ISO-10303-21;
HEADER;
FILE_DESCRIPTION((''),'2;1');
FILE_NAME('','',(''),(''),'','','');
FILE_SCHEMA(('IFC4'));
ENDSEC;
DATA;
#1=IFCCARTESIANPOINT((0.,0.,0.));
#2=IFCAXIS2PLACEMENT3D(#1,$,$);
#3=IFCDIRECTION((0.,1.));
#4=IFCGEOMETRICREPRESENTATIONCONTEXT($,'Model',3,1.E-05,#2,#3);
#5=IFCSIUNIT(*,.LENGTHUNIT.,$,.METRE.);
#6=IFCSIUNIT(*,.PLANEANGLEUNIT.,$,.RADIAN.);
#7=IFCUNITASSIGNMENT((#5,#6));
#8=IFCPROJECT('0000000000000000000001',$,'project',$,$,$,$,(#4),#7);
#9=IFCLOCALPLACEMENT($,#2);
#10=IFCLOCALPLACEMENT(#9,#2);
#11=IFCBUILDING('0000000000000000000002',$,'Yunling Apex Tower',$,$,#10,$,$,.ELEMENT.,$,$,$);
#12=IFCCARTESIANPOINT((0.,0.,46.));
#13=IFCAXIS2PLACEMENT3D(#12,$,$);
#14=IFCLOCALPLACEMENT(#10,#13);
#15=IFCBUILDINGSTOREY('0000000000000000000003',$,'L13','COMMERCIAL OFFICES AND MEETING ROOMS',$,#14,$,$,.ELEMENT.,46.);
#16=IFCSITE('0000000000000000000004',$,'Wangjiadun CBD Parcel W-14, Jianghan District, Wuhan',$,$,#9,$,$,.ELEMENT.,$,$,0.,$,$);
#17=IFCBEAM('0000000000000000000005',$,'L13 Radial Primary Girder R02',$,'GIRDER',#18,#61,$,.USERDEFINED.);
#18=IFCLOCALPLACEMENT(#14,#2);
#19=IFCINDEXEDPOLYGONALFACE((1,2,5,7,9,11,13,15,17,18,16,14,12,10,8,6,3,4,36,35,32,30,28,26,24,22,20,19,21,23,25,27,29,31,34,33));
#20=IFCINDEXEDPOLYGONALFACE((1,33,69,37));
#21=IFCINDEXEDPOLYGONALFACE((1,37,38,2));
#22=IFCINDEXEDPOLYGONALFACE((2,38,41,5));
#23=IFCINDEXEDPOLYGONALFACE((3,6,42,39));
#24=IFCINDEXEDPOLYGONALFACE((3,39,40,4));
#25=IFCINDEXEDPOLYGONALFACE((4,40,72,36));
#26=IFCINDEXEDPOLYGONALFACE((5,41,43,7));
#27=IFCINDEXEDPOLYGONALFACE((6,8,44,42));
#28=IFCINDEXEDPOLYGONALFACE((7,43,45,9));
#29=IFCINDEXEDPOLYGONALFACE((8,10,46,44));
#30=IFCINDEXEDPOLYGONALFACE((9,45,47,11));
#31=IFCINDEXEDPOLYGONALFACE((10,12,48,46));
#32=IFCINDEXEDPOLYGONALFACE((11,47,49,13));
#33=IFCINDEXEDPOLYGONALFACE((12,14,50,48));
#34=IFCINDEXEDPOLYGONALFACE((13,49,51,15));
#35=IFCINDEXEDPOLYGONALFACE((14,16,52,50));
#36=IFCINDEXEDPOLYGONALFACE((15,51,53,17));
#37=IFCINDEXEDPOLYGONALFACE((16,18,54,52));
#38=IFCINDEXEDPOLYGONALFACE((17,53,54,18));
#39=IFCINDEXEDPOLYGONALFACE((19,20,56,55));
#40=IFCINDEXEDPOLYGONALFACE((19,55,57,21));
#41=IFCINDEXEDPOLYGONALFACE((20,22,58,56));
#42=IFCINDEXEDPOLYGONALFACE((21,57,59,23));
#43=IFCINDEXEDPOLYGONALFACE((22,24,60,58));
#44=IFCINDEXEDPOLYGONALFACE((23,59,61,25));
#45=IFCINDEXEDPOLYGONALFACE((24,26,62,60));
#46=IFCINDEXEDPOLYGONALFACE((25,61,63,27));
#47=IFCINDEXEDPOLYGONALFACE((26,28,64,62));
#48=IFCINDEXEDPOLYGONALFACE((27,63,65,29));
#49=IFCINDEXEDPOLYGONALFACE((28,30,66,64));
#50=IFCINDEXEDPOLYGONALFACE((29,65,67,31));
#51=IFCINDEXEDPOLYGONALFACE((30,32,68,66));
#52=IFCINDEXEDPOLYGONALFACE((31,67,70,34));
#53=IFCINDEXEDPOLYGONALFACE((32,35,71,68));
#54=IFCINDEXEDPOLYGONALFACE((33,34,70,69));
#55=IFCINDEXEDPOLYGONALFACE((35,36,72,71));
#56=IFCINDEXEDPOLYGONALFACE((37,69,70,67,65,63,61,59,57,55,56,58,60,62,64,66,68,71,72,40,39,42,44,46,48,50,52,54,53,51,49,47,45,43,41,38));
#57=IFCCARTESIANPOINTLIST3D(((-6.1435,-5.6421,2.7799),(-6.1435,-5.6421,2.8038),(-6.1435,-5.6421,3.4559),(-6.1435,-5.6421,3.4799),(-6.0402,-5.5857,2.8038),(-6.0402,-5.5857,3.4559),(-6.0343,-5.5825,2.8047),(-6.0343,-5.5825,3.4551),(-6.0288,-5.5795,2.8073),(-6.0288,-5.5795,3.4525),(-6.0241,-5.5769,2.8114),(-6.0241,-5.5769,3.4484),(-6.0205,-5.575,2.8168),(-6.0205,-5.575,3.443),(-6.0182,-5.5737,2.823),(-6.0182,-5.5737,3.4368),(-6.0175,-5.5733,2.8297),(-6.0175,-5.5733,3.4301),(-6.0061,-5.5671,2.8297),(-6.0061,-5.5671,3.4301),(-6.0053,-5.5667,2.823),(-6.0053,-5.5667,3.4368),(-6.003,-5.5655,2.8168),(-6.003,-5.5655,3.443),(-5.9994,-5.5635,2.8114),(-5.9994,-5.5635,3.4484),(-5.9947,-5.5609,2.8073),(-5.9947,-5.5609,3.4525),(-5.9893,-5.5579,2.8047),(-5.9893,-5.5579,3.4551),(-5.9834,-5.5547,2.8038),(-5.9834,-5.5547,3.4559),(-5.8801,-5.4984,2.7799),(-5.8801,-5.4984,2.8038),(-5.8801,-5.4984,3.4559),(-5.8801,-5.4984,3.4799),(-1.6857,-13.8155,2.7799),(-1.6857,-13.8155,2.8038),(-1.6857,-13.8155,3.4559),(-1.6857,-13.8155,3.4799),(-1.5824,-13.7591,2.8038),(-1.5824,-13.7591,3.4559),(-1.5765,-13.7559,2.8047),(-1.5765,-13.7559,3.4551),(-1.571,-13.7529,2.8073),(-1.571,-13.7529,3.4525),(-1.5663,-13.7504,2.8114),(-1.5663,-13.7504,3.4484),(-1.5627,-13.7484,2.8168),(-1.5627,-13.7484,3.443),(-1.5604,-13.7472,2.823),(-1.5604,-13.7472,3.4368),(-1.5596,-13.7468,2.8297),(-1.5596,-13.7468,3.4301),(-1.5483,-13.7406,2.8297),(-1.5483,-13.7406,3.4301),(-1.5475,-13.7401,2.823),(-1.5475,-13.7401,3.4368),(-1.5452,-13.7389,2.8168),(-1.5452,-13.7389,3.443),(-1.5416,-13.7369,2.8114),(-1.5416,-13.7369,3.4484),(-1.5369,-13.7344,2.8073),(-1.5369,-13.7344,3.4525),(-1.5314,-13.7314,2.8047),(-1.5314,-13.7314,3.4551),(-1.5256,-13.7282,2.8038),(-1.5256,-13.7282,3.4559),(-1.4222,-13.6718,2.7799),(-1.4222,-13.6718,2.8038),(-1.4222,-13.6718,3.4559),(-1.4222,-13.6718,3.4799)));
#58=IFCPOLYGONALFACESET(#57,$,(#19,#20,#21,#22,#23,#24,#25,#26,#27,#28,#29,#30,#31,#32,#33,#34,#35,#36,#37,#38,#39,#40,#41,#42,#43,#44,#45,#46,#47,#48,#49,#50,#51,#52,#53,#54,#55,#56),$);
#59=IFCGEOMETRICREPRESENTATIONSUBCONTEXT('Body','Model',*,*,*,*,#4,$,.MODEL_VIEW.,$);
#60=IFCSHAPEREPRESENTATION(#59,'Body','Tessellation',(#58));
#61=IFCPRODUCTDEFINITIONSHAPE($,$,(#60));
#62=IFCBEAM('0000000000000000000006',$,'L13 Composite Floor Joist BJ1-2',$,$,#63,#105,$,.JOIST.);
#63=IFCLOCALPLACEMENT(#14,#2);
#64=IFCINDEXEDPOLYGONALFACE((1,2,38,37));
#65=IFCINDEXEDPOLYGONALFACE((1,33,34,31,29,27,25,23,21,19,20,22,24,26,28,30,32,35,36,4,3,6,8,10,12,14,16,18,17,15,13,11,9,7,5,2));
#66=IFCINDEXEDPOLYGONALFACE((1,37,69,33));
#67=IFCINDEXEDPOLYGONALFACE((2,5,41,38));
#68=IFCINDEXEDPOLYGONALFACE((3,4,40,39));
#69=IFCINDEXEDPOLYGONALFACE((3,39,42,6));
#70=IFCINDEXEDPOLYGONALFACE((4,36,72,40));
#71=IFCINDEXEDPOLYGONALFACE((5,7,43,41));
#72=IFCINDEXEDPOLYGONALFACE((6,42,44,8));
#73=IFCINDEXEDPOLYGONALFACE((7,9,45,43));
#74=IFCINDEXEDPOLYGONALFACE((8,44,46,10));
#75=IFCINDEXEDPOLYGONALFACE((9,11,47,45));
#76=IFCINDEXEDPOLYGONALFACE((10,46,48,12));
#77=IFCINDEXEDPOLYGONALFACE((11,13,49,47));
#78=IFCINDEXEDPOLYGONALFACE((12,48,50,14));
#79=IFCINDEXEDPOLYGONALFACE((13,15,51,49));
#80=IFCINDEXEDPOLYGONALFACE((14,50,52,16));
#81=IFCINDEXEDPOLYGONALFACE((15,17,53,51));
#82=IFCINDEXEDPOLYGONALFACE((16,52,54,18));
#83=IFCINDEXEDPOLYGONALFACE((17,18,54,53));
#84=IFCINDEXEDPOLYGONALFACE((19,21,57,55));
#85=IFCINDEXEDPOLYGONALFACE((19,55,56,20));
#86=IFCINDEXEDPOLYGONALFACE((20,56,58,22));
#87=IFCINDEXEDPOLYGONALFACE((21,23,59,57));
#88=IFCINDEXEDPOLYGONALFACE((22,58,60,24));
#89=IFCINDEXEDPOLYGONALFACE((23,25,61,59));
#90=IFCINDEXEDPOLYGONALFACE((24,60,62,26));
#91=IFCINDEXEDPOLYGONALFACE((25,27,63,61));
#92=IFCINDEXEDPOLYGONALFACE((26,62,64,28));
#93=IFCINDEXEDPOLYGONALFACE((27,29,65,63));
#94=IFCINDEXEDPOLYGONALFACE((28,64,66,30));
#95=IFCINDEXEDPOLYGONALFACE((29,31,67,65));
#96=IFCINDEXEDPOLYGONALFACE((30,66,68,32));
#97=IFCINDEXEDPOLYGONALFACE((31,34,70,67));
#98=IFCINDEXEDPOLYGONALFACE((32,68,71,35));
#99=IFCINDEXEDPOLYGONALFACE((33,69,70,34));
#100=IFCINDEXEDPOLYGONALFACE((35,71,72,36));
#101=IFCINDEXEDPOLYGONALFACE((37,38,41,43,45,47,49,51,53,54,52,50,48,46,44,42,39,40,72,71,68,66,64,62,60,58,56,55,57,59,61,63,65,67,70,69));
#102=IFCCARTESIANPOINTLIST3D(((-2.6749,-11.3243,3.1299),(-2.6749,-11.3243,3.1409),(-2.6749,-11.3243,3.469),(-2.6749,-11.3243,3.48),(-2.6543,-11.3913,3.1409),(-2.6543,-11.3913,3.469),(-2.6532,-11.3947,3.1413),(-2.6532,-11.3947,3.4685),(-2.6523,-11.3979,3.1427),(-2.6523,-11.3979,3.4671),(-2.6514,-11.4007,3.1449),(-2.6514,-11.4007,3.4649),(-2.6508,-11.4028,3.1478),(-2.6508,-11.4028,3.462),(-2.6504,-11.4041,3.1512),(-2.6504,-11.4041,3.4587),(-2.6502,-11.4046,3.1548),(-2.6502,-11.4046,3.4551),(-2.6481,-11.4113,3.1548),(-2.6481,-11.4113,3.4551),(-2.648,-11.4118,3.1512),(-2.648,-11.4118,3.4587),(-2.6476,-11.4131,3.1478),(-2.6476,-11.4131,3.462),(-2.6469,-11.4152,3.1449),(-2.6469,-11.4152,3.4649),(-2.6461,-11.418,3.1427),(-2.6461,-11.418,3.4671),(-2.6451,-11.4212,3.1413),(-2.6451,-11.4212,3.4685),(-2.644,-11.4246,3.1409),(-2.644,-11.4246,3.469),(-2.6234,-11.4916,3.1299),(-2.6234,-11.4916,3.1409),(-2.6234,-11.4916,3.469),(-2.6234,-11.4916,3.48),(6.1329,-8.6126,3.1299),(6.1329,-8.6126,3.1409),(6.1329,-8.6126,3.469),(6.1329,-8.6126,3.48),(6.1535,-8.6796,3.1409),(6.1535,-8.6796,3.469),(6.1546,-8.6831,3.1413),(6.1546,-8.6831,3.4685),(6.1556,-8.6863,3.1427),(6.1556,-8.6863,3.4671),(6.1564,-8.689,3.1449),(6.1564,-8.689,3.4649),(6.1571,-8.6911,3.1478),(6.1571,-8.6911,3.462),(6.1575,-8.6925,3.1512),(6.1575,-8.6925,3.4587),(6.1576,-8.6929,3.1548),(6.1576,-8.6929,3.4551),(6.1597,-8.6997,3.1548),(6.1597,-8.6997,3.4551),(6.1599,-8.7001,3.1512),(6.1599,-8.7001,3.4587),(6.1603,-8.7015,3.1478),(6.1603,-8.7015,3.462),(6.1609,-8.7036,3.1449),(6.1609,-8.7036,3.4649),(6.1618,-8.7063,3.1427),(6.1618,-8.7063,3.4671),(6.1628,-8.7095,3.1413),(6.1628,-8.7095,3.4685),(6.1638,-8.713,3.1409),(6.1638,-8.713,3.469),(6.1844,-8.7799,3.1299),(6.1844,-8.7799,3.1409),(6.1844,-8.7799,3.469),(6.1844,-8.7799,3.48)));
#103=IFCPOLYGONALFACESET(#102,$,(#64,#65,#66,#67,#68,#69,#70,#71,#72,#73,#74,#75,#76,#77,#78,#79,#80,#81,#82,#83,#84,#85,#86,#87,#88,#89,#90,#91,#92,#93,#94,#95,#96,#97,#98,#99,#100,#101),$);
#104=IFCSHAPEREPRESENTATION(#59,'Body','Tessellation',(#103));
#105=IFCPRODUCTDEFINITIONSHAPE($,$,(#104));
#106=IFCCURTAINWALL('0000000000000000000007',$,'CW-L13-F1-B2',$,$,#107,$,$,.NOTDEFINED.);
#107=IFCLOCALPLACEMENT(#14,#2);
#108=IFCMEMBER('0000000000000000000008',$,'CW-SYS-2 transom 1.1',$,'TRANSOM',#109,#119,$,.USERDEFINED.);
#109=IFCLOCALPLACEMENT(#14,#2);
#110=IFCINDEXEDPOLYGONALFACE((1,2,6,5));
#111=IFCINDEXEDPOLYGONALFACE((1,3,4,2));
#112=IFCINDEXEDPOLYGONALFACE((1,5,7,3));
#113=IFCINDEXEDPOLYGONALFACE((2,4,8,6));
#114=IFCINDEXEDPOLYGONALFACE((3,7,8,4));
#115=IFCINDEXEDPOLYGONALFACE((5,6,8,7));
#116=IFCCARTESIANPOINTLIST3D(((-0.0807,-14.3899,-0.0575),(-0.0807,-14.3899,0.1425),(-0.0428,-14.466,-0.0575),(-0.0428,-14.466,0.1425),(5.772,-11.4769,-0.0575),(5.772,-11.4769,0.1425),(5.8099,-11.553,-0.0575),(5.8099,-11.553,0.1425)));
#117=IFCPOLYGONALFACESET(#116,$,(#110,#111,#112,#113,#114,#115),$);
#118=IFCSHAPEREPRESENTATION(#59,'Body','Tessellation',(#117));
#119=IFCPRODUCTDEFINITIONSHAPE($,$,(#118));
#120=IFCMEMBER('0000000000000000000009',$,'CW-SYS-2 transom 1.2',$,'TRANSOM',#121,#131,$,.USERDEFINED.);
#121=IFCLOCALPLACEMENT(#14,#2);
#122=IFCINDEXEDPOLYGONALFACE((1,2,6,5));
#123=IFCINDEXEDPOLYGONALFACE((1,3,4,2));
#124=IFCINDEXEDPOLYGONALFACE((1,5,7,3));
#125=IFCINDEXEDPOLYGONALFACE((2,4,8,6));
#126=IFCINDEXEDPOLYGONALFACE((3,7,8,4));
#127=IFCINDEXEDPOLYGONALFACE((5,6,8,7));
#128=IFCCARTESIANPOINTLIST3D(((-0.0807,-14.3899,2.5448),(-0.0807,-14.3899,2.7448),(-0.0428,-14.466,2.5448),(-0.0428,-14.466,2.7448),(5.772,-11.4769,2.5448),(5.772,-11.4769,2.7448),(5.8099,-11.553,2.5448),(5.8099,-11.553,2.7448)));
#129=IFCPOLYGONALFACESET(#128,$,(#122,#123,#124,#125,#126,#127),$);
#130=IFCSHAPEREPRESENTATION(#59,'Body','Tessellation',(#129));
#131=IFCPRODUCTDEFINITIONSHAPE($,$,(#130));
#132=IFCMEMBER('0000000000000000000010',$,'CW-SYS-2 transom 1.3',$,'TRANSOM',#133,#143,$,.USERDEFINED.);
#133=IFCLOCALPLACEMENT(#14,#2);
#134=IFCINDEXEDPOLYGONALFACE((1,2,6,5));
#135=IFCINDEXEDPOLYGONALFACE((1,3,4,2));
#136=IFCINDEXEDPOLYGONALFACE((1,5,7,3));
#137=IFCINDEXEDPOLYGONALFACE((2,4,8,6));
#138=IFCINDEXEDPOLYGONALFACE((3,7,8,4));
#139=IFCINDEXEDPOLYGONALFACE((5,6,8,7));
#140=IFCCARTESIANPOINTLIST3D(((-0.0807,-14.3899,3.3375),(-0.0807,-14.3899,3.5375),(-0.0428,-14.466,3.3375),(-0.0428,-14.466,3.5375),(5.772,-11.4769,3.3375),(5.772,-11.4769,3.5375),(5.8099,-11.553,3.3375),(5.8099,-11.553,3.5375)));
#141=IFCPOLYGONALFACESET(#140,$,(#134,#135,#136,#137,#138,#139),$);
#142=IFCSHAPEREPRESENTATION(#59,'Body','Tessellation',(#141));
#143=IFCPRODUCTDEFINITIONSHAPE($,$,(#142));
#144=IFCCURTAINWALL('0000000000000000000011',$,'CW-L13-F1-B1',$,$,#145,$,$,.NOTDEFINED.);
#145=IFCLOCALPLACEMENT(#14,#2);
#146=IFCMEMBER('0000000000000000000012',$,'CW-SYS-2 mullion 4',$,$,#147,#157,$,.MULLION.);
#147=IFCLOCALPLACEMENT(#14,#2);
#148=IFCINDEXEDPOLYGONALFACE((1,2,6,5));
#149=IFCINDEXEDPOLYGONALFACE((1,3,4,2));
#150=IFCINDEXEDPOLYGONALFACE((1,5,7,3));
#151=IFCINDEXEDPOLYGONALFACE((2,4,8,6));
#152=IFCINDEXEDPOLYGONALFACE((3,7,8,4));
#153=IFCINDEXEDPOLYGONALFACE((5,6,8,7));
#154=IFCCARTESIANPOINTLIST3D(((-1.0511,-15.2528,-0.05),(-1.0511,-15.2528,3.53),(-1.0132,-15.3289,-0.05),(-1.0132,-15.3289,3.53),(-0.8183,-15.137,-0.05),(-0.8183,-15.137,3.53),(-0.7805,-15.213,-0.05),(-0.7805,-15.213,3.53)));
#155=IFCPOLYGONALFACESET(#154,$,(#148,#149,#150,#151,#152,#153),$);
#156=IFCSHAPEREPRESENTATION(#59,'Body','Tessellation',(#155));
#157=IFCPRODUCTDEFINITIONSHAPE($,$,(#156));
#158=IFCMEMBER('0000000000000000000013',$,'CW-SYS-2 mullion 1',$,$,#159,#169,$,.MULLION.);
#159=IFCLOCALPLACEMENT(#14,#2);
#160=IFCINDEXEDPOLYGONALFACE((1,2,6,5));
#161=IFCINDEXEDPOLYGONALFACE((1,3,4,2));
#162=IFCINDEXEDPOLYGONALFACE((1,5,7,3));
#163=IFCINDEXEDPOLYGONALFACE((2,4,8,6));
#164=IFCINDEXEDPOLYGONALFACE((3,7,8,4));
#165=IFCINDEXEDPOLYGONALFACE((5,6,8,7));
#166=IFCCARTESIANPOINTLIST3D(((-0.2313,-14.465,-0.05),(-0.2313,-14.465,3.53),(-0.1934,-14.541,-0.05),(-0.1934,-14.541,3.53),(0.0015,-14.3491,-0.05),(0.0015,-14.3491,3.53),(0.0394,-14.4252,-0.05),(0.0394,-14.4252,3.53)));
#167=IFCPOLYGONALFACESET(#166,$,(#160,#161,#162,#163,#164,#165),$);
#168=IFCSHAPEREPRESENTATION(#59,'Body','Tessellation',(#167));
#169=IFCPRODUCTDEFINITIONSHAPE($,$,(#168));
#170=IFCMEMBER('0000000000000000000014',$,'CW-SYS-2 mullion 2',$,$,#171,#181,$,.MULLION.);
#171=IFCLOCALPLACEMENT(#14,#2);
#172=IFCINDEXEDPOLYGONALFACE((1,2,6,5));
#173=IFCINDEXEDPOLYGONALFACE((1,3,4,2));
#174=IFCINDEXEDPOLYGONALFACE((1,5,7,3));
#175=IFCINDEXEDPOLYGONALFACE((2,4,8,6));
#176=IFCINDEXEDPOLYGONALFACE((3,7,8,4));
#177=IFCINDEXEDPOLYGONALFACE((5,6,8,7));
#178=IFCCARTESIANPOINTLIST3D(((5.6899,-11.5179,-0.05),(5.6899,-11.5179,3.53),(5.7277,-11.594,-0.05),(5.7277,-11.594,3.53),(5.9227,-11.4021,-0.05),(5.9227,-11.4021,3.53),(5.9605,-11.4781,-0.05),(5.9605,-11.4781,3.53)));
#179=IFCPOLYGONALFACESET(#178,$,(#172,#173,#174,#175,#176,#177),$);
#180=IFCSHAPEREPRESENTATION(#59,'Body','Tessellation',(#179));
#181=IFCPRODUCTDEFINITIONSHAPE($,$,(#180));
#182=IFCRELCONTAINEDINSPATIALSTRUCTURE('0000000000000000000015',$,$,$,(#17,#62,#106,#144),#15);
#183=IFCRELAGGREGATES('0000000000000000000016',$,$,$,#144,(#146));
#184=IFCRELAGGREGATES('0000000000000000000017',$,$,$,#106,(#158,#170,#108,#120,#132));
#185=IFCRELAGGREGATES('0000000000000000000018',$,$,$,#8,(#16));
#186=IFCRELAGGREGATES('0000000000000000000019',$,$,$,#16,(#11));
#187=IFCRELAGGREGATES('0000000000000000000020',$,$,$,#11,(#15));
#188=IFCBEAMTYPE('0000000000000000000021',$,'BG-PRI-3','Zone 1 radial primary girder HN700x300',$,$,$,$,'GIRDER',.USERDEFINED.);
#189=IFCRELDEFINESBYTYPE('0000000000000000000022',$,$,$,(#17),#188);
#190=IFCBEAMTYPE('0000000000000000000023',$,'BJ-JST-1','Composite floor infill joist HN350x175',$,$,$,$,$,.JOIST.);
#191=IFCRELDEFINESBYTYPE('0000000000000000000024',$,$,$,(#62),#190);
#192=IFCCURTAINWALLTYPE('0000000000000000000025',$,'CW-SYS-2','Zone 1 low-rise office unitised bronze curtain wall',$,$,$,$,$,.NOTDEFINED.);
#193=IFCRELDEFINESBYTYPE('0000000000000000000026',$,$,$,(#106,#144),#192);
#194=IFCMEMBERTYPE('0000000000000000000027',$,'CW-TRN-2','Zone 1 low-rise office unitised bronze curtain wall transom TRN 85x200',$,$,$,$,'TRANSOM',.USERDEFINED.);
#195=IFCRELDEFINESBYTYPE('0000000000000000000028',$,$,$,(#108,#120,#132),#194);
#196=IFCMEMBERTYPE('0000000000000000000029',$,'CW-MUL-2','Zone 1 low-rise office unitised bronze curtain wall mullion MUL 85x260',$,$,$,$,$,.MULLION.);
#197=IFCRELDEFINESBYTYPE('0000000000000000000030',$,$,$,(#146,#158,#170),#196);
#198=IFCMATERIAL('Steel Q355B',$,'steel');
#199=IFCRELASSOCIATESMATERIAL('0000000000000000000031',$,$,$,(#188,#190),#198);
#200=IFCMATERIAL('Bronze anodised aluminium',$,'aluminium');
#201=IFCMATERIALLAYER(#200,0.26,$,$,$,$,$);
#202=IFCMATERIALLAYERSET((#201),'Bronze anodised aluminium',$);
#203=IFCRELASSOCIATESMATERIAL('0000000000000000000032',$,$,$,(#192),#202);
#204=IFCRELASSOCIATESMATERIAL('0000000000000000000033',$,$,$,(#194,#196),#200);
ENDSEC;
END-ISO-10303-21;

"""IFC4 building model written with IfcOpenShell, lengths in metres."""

from ifc_helpers import new_model, si_unit, direction, frame, origin, origin_2d, place, context, subcontext, project, spatial, rectangle, i_section, extrude, source, transform, mapped, material, layer, layer_set, material_profile, profile_set, type_object, element, aggregate, save


model = new_model("IFC4")

# Units and contexts
model_context = context("Model", 3, precision=1e-05, world=origin(), true_north=direction((0.0, 1.0)))
body_context = subcontext(model_context, "Body", "Model", "MODEL_VIEW")
ifc_project = project(units=[si_unit("LENGTHUNIT", "METRE"), si_unit("PLANEANGLEUNIT", "RADIAN")], contexts=[model_context])

# Site, building, storey
site_placement = place(None, origin())
site = spatial("IfcSite", under=ifc_project, at=site_placement, Name="Wangjiadun CBD Parcel W-14, Jianghan District, Wuhan", CompositionType="ELEMENT", RefElevation=0.0)
building_placement = place(site_placement, origin())
building = spatial("IfcBuilding", under=site, at=building_placement, Name="Yunling Apex Tower", CompositionType="ELEMENT")
storey_placement = place(building_placement, frame((0.0, 0.0, 46.0)))
storey = spatial("IfcBuildingStorey", under=building, at=storey_placement, Name="L13", Description="COMMERCIAL OFFICES AND MEETING ROOMS", CompositionType="ELEMENT", Elevation=46.0)

# Beams
ifc_material_1 = material(Name="Steel Q355B", Category="steel")
ifc_material_profile_1 = material_profile(ifc_material_1, i_section(OverallWidth=0.3, OverallDepth=0.7, WebThickness=0.0129, FlangeThickness=0.0239, FilletRadius=0.0259, at=origin_2d()))
ifc_profile_set_1 = profile_set([ifc_material_profile_1], Name="Steel Q355B")
beam_type_1 = type_object("IfcBeamType", Name="BG-PRI-3", Description="Zone 1 radial primary girder HN700x300", ElementType="GIRDER", PredefinedType="USERDEFINED", material=ifc_profile_set_1)
shared_shape_1 = source(origin(), body_context, "Body", "SweptSolid", [
    extrude(i_section(OverallWidth=0.3, OverallDepth=0.7, WebThickness=0.0129, FlangeThickness=0.0239, FilletRadius=0.0259, at=origin_2d()), origin(), (0.0, 0.0, 1.0), 9.3101),
])
beam_1_placement = place(storey_placement, frame((-1.554, -13.7437, 3.1299), z_axis=(-0.478817, 0.877915, 0.0), x_axis=(-0.877915, -0.478817, 0.0)))
element("IfcBeam", 1, at=beam_1_placement, inside=storey, type_object=beam_type_1, Name="L13 Radial Primary Girder R02", ObjectType="GIRDER", PredefinedType="USERDEFINED", context=body_context, shape_type="MappedRepresentation", body=[
    mapped(shared_shape_1, transform((0.0, 0.0, 0.0), scale=1.0)),
])
ifc_material_profile_2 = material_profile(ifc_material_1, i_section(OverallWidth=0.175, OverallDepth=0.3501, WebThickness=0.0071, FlangeThickness=0.011, FilletRadius=0.0139, at=origin_2d()))
ifc_profile_set_2 = profile_set([ifc_material_profile_2], Name="Steel Q355B")
beam_type_2 = type_object("IfcBeamType", Name="BJ-JST-1", Description="Composite floor infill joist HN350x175", PredefinedType="JOIST", material=ifc_profile_set_2)
shared_shape_2 = source(origin(), body_context, "Body", "SweptSolid", [
    extrude(i_section(OverallWidth=0.175, OverallDepth=0.3501, WebThickness=0.0071, FlangeThickness=0.011, FilletRadius=0.0139, at=origin_2d()), origin(), (0.0, 0.0, 1.0), 9.2158),
])
beam_2_placement = place(storey_placement, frame((-2.6492, -11.408, 3.3049), z_axis=(0.955731, 0.29424, 0.0), x_axis=(-0.29424, 0.955731, 0.0)))
element("IfcBeam", 2, at=beam_2_placement, inside=storey, type_object=beam_type_2, Name="L13 Composite Floor Joist BJ1-2", PredefinedType="JOIST", context=body_context, shape_type="MappedRepresentation", body=[
    mapped(shared_shape_2, transform((0.0, 0.0, 0.0), scale=1.0)),
])

# Curtain wall, members
ifc_material_2 = material(Name="Bronze anodised aluminium", Category="aluminium")
ifc_layer_1 = layer(ifc_material_2, 0.26)
ifc_layer_set_1 = layer_set([ifc_layer_1], Name="Bronze anodised aluminium")
curtain_wall_type = type_object("IfcCurtainWallType", Name="CW-SYS-2", Description="Zone 1 low-rise office unitised bronze curtain wall", PredefinedType="NOTDEFINED", material=ifc_layer_set_1)
curtain_wall_1_placement = place(storey_placement, origin())
curtain_wall_1 = element("IfcCurtainWall", 3, at=curtain_wall_1_placement, inside=storey, type_object=curtain_wall_type, Name="CW-L13-F1-B2", PredefinedType="NOTDEFINED")
ifc_material_profile_3 = material_profile(ifc_material_2, rectangle(XDim=0.085, YDim=0.2, at=origin_2d()))
ifc_profile_set_3 = profile_set([ifc_material_profile_3], Name="Bronze anodised aluminium")
member_type_1 = type_object("IfcMemberType", Name="CW-TRN-2", Description="Zone 1 low-rise office unitised bronze curtain wall transom TRN 85x200", ElementType="TRANSOM", PredefinedType="USERDEFINED", material=ifc_profile_set_3)
shared_shape_3 = source(origin(), body_context, "Body", "SweptSolid", [
    extrude(rectangle(XDim=0.085, YDim=0.2, at=origin_2d()), origin(), (0.0, 0.0, 1.0), 6.5376),
])
member_1_placement = place(storey_placement, frame((-0.0618, -14.428, 0.0425), z_axis=(0.89524, 0.445585, 0.0), x_axis=(-0.445585, 0.89524, 0.0)))
member_1 = element("IfcMember", 4, at=member_1_placement, type_object=member_type_1, Name="CW-SYS-2 transom 1.1", ObjectType="TRANSOM", PredefinedType="USERDEFINED", context=body_context, shape_type="MappedRepresentation", body=[
    mapped(shared_shape_3, transform((0.0, 0.0, 0.0), scale=1.0)),
])
member_2_placement = place(storey_placement, frame((-0.0618, -14.428, 2.6448), z_axis=(0.89524, 0.445585, 0.0), x_axis=(-0.445585, 0.89524, 0.0)))
member_2 = element("IfcMember", 5, at=member_2_placement, type_object=member_type_1, Name="CW-SYS-2 transom 1.2", ObjectType="TRANSOM", PredefinedType="USERDEFINED", context=body_context, shape_type="MappedRepresentation", body=[
    mapped(shared_shape_3, transform((0.0, 0.0, 0.0), scale=1.0)),
])
member_3_placement = place(storey_placement, frame((-0.0618, -14.428, 3.4375), z_axis=(0.89524, 0.445585, 0.0), x_axis=(-0.445585, 0.89524, 0.0)))
member_3 = element("IfcMember", 6, at=member_3_placement, type_object=member_type_1, Name="CW-SYS-2 transom 1.3", ObjectType="TRANSOM", PredefinedType="USERDEFINED", context=body_context, shape_type="MappedRepresentation", body=[
    mapped(shared_shape_3, transform((0.0, 0.0, 0.0), scale=1.0)),
])

# Curtain wall, member
curtain_wall_2_placement = place(storey_placement, origin())
curtain_wall_2 = element("IfcCurtainWall", 7, at=curtain_wall_2_placement, inside=storey, type_object=curtain_wall_type, Name="CW-L13-F1-B1", PredefinedType="NOTDEFINED")
ifc_material_profile_4 = material_profile(ifc_material_2, rectangle(XDim=0.085, YDim=0.26, at=origin_2d()))
ifc_profile_set_4 = profile_set([ifc_material_profile_4], Name="Bronze anodised aluminium")
member_type_2 = type_object("IfcMemberType", Name="CW-MUL-2", Description="Zone 1 low-rise office unitised bronze curtain wall mullion MUL 85x260", PredefinedType="MULLION", material=ifc_profile_set_4)
shared_shape_4 = source(origin(), body_context, "Body", "SweptSolid", [
    extrude(rectangle(XDim=0.085, YDim=0.26, at=origin_2d()), origin(), (0.0, 0.0, 1.0), 3.5801),
])
member_4_placement = place(storey_placement, frame((-0.9158, -15.2329, -0.05), z_axis=(0.0, 0.0, 1.0), x_axis=(-0.445571, 0.895247, 0.0)))
member_4 = element("IfcMember", 8, at=member_4_placement, type_object=member_type_2, Name="CW-SYS-2 mullion 4", PredefinedType="MULLION", context=body_context, shape_type="MappedRepresentation", body=[
    mapped(shared_shape_4, transform((0.0, 0.0, 0.0), scale=1.0)),
])

# Members
member_5_placement = place(storey_placement, frame((-0.0959, -14.4451, -0.05), z_axis=(0.0, 0.0, 1.0), x_axis=(-0.445583, 0.895241, 0.0)))
member_5 = element("IfcMember", 9, at=member_5_placement, type_object=member_type_2, Name="CW-SYS-2 mullion 1", PredefinedType="MULLION", context=body_context, shape_type="MappedRepresentation", body=[
    mapped(shared_shape_4, transform((0.0, 0.0, 0.0), scale=1.0)),
])
member_6_placement = place(storey_placement, frame((5.8252, -11.498, -0.05), z_axis=(0.0, 0.0, 1.0), x_axis=(-0.445583, 0.895241, 0.0)))
member_6 = element("IfcMember", 10, at=member_6_placement, type_object=member_type_2, Name="CW-SYS-2 mullion 2", PredefinedType="MULLION", context=body_context, shape_type="MappedRepresentation", body=[
    mapped(shared_shape_4, transform((0.0, 0.0, 0.0), scale=1.0)),
])

aggregate(curtain_wall_2, [member_4])
aggregate(curtain_wall_1, [member_5, member_6, member_1, member_2, member_3])

save(model, "model.ifc")
